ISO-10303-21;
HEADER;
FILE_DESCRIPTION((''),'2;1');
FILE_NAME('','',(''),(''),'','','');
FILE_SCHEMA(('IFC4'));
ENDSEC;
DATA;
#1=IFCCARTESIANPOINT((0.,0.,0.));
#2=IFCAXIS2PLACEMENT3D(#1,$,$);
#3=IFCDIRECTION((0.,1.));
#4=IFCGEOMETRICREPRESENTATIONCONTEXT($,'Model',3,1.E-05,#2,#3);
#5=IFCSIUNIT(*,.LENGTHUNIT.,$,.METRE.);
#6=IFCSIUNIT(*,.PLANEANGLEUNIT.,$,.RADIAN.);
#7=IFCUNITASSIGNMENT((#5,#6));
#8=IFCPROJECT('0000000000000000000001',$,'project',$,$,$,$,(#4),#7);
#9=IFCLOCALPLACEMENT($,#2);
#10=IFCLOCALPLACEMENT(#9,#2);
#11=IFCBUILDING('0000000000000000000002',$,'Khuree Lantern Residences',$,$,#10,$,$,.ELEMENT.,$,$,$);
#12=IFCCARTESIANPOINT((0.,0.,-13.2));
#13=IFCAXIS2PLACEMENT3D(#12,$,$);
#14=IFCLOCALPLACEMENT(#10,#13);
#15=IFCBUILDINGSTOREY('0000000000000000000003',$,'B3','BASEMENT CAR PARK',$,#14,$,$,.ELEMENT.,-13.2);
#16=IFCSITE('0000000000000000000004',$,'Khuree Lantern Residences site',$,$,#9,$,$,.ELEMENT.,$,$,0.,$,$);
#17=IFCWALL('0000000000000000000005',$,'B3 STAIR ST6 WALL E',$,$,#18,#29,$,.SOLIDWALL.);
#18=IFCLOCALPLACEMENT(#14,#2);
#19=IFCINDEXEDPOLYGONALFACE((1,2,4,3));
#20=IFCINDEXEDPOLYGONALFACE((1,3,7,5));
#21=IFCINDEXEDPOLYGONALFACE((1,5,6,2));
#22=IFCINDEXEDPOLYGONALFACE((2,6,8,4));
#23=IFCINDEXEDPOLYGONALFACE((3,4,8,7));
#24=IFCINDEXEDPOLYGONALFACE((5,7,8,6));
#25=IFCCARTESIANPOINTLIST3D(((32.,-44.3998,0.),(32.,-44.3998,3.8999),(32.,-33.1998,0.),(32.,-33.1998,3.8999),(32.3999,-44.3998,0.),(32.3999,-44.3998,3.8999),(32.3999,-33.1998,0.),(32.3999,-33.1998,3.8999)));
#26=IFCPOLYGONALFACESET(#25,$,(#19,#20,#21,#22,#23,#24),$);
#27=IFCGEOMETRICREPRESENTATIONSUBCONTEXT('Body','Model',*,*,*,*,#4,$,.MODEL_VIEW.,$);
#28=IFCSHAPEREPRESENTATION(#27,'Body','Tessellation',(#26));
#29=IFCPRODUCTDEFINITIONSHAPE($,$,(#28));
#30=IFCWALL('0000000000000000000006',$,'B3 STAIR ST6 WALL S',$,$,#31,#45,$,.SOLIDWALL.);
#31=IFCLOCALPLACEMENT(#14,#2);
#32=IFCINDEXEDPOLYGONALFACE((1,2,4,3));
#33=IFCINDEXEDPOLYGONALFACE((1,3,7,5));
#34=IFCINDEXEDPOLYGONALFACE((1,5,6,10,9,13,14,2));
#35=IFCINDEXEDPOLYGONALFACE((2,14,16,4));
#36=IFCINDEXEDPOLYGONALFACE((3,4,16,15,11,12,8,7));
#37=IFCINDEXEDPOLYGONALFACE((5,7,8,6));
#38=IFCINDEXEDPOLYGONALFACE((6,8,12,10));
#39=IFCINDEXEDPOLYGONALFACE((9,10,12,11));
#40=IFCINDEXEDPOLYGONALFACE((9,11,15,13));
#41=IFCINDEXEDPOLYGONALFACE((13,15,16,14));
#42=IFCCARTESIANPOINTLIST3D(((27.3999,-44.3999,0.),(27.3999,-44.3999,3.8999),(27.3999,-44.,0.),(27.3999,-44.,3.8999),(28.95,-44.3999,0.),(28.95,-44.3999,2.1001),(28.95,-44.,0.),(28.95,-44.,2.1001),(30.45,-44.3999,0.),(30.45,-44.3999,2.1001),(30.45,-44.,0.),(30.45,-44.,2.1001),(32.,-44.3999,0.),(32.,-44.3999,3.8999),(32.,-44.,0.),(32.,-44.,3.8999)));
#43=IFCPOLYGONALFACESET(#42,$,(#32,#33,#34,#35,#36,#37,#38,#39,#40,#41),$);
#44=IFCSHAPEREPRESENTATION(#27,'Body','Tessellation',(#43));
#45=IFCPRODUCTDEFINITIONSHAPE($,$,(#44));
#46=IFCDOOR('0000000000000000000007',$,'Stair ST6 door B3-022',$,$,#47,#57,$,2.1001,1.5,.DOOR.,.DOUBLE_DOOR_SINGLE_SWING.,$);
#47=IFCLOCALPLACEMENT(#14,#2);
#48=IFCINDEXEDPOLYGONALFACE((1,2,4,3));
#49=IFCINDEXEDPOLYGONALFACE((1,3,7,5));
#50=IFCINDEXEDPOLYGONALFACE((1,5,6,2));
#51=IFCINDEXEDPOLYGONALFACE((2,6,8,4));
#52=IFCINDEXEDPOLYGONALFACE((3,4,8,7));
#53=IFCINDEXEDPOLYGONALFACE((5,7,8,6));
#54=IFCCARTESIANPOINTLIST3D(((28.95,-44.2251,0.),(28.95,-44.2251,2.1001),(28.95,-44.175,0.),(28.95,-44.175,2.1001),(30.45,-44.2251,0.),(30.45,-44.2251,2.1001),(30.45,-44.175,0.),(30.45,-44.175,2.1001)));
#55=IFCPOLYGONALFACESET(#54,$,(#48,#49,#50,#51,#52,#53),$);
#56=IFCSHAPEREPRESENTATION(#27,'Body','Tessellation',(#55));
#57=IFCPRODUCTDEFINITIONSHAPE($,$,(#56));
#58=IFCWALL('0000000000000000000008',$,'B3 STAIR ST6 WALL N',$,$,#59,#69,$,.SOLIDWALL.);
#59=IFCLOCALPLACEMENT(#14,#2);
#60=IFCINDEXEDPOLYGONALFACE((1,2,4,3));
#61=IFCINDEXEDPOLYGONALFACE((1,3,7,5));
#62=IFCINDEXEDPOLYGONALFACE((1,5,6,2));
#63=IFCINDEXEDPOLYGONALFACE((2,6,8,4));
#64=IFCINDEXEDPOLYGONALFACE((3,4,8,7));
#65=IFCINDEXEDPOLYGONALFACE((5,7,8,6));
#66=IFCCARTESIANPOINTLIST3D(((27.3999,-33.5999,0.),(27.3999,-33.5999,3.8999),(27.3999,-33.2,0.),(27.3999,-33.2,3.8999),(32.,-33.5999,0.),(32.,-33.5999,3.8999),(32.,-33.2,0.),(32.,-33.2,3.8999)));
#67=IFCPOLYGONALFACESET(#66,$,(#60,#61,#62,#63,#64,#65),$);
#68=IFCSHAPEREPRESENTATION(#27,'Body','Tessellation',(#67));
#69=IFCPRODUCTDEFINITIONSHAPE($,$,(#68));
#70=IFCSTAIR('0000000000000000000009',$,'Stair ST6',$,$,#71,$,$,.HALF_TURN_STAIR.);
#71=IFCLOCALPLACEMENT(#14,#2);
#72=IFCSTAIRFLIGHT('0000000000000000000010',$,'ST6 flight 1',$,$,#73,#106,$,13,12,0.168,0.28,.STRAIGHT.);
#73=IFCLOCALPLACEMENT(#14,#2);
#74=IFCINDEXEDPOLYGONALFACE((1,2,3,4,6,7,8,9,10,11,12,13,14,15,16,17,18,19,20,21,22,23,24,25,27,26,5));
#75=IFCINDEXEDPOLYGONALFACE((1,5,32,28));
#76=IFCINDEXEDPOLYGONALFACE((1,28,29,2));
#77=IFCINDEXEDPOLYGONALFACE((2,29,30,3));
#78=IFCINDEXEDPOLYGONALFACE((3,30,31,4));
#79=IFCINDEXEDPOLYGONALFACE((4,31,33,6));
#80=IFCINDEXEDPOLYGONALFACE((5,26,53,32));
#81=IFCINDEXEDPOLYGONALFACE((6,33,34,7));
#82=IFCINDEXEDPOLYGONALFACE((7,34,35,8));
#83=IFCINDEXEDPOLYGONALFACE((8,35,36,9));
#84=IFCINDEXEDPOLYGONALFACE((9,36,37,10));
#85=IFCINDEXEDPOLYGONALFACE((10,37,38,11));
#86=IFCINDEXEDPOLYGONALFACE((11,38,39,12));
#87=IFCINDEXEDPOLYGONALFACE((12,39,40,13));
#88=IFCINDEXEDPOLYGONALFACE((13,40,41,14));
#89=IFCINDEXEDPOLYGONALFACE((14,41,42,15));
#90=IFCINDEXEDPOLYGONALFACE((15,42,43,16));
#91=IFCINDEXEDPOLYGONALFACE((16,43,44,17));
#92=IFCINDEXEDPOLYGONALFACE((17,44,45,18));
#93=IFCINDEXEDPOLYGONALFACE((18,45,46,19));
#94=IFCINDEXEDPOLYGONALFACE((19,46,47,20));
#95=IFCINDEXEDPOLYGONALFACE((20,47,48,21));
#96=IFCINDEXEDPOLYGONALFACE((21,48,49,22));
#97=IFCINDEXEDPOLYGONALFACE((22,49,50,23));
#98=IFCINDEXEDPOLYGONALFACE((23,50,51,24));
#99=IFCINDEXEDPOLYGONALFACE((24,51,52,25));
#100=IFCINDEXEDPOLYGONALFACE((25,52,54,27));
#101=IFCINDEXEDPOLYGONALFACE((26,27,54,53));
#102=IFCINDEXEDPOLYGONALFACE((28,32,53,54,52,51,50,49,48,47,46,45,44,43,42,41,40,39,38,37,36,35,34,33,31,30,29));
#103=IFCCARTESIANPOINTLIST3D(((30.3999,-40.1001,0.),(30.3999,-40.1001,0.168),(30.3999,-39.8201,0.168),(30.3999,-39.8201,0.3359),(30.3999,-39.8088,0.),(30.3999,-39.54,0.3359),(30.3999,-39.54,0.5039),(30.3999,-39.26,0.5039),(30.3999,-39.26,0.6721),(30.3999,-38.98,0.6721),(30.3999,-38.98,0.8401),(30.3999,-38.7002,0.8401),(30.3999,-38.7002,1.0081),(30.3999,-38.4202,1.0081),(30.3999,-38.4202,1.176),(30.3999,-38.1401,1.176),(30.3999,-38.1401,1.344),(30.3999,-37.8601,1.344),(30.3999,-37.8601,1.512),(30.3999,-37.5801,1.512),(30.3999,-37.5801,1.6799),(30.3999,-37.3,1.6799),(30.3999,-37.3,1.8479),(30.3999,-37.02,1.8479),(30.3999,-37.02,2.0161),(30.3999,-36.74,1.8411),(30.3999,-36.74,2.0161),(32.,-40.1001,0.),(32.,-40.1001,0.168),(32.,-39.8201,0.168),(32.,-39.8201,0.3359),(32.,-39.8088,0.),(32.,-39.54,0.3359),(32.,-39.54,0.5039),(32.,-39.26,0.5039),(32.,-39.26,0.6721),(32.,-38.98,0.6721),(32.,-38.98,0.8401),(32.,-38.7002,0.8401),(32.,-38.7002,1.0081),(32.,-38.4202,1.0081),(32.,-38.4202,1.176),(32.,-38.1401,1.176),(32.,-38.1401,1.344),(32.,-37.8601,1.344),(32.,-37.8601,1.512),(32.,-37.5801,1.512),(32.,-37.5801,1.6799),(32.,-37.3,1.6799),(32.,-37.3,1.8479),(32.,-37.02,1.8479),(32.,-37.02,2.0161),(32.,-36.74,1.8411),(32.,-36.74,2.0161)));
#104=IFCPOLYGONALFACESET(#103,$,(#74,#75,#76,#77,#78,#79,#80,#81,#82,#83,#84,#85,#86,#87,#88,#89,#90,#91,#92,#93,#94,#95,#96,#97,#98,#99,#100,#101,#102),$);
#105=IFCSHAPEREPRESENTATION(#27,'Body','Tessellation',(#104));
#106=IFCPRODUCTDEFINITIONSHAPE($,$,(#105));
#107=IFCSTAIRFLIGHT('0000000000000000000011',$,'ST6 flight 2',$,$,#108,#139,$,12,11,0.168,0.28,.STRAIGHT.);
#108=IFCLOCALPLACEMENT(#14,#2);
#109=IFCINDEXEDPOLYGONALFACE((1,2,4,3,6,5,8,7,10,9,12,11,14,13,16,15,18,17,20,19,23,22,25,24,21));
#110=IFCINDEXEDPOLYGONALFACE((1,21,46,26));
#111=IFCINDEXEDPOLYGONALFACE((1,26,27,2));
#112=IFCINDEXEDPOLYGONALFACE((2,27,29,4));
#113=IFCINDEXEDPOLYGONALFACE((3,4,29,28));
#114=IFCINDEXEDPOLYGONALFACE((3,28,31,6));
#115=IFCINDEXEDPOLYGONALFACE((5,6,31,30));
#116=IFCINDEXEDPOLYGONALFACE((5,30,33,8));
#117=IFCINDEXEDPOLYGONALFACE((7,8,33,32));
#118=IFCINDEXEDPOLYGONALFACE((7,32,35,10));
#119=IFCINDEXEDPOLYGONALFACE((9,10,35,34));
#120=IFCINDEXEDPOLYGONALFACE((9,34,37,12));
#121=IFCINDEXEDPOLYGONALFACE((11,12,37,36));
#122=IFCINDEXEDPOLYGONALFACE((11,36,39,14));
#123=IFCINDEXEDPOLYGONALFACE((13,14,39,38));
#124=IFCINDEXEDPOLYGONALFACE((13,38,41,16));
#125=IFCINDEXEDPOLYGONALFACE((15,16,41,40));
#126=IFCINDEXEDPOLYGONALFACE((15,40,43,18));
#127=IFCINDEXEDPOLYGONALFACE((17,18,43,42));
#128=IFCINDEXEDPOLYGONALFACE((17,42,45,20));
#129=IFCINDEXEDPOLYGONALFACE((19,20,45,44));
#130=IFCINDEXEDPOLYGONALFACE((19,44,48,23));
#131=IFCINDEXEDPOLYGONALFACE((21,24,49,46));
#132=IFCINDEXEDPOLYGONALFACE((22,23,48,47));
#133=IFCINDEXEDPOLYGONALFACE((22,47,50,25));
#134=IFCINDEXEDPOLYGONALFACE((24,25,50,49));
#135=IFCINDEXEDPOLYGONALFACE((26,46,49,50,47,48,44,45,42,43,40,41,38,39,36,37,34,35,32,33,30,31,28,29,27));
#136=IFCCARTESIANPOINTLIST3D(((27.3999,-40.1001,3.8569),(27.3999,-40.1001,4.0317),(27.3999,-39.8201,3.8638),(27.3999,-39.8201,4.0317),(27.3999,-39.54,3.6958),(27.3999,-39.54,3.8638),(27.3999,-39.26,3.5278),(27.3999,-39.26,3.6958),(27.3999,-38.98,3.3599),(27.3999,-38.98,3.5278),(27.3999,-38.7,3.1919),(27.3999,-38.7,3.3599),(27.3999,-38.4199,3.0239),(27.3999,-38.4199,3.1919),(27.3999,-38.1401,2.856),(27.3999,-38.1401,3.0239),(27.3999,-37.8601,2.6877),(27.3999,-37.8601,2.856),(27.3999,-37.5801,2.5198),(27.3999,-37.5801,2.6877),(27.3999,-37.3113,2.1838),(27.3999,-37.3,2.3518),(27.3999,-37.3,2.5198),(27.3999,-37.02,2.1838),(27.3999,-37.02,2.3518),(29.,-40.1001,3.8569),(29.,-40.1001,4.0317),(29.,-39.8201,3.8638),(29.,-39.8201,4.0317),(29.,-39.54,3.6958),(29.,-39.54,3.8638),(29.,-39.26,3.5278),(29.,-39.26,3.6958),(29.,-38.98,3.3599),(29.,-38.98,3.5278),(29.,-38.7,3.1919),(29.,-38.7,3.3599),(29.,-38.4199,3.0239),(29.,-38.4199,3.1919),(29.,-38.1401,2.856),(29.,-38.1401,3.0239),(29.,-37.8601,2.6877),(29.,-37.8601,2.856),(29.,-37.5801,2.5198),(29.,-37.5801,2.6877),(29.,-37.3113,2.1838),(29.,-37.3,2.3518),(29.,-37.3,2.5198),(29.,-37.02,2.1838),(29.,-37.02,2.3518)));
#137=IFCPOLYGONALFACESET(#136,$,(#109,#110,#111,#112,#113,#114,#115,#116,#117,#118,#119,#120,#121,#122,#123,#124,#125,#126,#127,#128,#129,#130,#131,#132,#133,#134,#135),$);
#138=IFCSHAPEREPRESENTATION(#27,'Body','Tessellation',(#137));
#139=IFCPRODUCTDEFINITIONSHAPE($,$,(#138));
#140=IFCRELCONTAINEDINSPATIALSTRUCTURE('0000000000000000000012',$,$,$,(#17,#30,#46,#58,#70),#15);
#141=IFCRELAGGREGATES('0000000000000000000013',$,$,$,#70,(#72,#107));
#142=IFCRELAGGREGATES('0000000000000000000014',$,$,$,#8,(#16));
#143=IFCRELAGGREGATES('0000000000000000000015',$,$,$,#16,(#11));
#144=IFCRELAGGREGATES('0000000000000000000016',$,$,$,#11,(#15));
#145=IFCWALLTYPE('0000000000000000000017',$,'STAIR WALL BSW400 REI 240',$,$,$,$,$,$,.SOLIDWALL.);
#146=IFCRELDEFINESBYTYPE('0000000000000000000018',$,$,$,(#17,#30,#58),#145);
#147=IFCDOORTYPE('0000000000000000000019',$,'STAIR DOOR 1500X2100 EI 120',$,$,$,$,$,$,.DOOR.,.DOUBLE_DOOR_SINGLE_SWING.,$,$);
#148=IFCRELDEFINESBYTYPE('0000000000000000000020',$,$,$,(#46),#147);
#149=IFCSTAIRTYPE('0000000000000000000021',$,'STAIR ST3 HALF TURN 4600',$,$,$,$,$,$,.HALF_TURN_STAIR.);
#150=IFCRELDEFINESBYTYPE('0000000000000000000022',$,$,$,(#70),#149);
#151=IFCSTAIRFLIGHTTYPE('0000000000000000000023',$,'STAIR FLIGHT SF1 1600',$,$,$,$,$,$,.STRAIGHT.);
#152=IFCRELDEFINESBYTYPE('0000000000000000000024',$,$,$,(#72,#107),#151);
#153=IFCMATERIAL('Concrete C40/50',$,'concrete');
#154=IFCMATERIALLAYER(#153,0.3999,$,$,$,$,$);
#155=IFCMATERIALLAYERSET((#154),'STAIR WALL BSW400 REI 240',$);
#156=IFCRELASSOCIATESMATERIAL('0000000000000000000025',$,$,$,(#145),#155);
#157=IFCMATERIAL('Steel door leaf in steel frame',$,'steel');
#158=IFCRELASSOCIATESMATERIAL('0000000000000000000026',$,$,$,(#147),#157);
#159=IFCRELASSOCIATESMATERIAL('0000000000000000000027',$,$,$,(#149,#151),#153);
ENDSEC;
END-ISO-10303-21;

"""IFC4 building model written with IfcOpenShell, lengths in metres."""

from ifc_helpers import new_model, si_unit, direction, frame, frame_2d, origin, place, context, subcontext, project, spatial, polyline, rectangle, outline, extrude, material, layer, layer_set, type_object, element, fill, aggregate, save


model = new_model("IFC4")

# Units and contexts
model_context = context("Model", 3, precision=1e-05, world=origin(), true_north=direction((0.0, 1.0)))
body_context = subcontext(model_context, "Body", "Model", "MODEL_VIEW")
ifc_project = project(units=[si_unit("LENGTHUNIT", "METRE"), si_unit("PLANEANGLEUNIT", "RADIAN")], contexts=[model_context])

# Site, building, storey
site_placement = place(None, origin())
site = spatial("IfcSite", under=ifc_project, at=site_placement, Name="Khuree Lantern Residences site", CompositionType="ELEMENT", RefElevation=0.0)
building_placement = place(site_placement, origin())
building = spatial("IfcBuilding", under=site, at=building_placement, Name="Khuree Lantern Residences", CompositionType="ELEMENT")
storey_placement = place(building_placement, frame((0.0, 0.0, -13.2)))
storey = spatial("IfcBuildingStorey", under=building, at=storey_placement, Name="B3", Description="BASEMENT CAR PARK", CompositionType="ELEMENT", Elevation=-13.2)

# Shared definitions
ifc_material_1 = material(Name="Concrete C40/50", Category="concrete")

# Wall
ifc_layer_1 = layer(ifc_material_1, 0.3999)
ifc_layer_set_1 = layer_set([ifc_layer_1], Name="STAIR WALL BSW400 REI 240")
wall_type_1 = type_object("IfcWallType", Name="STAIR WALL BSW400 REI 240", PredefinedType="SOLIDWALL", material=ifc_layer_set_1)
for number, where, z_axis, x_axis, name in (
    (1, (32.2, -44.3999, 0.0), (0.0, 0.0, 1.0), (0.0, 1.0, 0.0), "B3 STAIR ST6 WALL E"),
):
    element("IfcWall", number, at=place(storey_placement, frame(where, z_axis=z_axis, x_axis=x_axis)), inside=storey, type_object=wall_type_1, Name=name, PredefinedType="SOLIDWALL", context=body_context, shape_type="SweptSolid", body=[
        extrude(rectangle(XDim=11.2, YDim=0.3999, at=frame_2d((5.6001, 0.0))), origin(), (0.0, 0.0, 1.0), 3.8999),
    ])

# Wall, opening, door
wall_1_placement = place(storey_placement, frame((27.3999, -44.2, 0.0), z_axis=(0.0, 0.0, 1.0), x_axis=(1.0, 0.0, 0.0)))
wall_1 = element("IfcWall", 2, at=wall_1_placement, inside=storey, type_object=wall_type_1, Name="B3 STAIR ST6 WALL S", PredefinedType="SOLIDWALL", context=body_context, shape_type="SweptSolid", body=[
    extrude(rectangle(XDim=4.6001, YDim=0.3999, at=frame_2d((2.3, 0.0))), origin(), (0.0, 0.0, 1.0), 3.8999),
])
opening_placement = place(wall_1_placement, frame((1.55, 0.0, 0.0)))
opening = element("IfcOpeningElement", 3, at=opening_placement, cuts=wall_1, PredefinedType="OPENING", context=body_context, shape_type="SweptSolid", body=[
    extrude(rectangle(XDim=1.5, YDim=2.1001, at=frame_2d((0.75, 1.05))), frame((0.0, 0.21, 0.0), z_axis=(0.0, -1.0, 0.0), x_axis=(1.0, 0.0, 0.0)), (0.0, 0.0, 1.0), 0.4199),
])
ifc_material_2 = material(Name="Steel door leaf in steel frame", Category="steel")
door_type = type_object("IfcDoorType", Name="STAIR DOOR 1500X2100 EI 120", OperationType="DOUBLE_DOOR_SINGLE_SWING", PredefinedType="DOOR", material=ifc_material_2)
door_placement = place(opening_placement, origin())
door = element("IfcDoor", 4, at=door_placement, inside=storey, type_object=door_type, Name="Stair ST6 door B3-022", OperationType="DOUBLE_DOOR_SINGLE_SWING", OverallHeight=2.1001, OverallWidth=1.5, PredefinedType="DOOR", context=body_context, shape_type="SweptSolid", body=[
    extrude(rectangle(XDim=1.5, YDim=2.1001, at=frame_2d((0.75, 1.05))), frame((0.0, 0.0249, 0.0), z_axis=(0.0, -1.0, 0.0), x_axis=(1.0, 0.0, 0.0)), (0.0, 0.0, 1.0), 0.05),
])
fill(opening, door)

# Wall
wall_2_placement = place(storey_placement, frame((27.3999, -33.3999, 0.0), z_axis=(0.0, 0.0, 1.0), x_axis=(1.0, 0.0, 0.0)))
element("IfcWall", 5, at=wall_2_placement, inside=storey, type_object=wall_type_1, Name="B3 STAIR ST6 WALL N", PredefinedType="SOLIDWALL", context=body_context, shape_type="SweptSolid", body=[
    extrude(rectangle(XDim=4.6001, YDim=0.3999, at=frame_2d((2.3, 0.0))), origin(), (0.0, 0.0, 1.0), 3.8999),
])

# Stair, stair flights
stair_type = type_object("IfcStairType", Name="STAIR ST3 HALF TURN 4600", PredefinedType="HALF_TURN_STAIR", material=ifc_material_1)
stair_placement = place(storey_placement, origin())
stair = element("IfcStair", 6, at=stair_placement, inside=storey, type_object=stair_type, Name="Stair ST6", PredefinedType="HALF_TURN_STAIR")
stair_flight_type = type_object("IfcStairFlightType", Name="STAIR FLIGHT SF1 1600", PredefinedType="STRAIGHT", material=ifc_material_1)
stair_flight_1_placement = place(storey_placement, frame((31.2, -40.1001, 0.0), z_axis=(0.0, 0.0, 1.0), x_axis=(0.0, 1.0, 0.0)))
stair_flight_1 = element("IfcStairFlight", 7, at=stair_flight_1_placement, type_object=stair_flight_type, Name="ST6 flight 1", NumberOfRisers=13, NumberOfTreads=12, PredefinedType="STRAIGHT", RiserHeight=0.168, TreadLength=0.28, context=body_context, shape_type="SweptSolid", body=[
    extrude(outline(polyline([(0.0, 0.0), (0.0, 0.168), (0.28, 0.168), (0.28, 0.3359), (0.5601, 0.3359), (0.5601, 0.5039), (0.8401, 0.5039), (0.8401, 0.6721), (1.1201, 0.6721), (1.1201, 0.8401), (1.3999, 0.8401), (1.3999, 1.0081), (1.6799, 1.0081), (1.6799, 1.176), (1.96, 1.176), (1.96, 1.344), (2.24, 1.344), (2.24, 1.512), (2.52, 1.512), (2.52, 1.6799), (2.8, 1.6799), (2.8, 1.8479), (3.0801, 1.8479), (3.0801, 2.0161), (3.3601, 2.0161), (3.3601, 2.1841), (3.3601, 1.8411), (0.2913, 0.0), (0.0, 0.0)])), frame((0.0, 0.8, 0.0), z_axis=(0.0, -1.0, 0.0), x_axis=(1.0, 0.0, 0.0)), (0.0, 0.0, 1.0), 1.6001),
])
stair_flight_2_placement = place(storey_placement, frame((28.2, -37.02, 2.1838), z_axis=(0.0, 0.0, 1.0), x_axis=(0.0, -1.0, 0.0)))
stair_flight_2 = element("IfcStairFlight", 8, at=stair_flight_2_placement, type_object=stair_flight_type, Name="ST6 flight 2", NumberOfRisers=12, NumberOfTreads=11, PredefinedType="STRAIGHT", RiserHeight=0.168, TreadLength=0.28, context=body_context, shape_type="SweptSolid", body=[
    extrude(outline(polyline([(0.0, 0.0), (0.0, 0.168), (0.28, 0.168), (0.28, 0.3359), (0.5601, 0.3359), (0.5601, 0.5039), (0.8401, 0.5039), (0.8401, 0.6721), (1.1201, 0.6721), (1.1201, 0.8401), (1.3999, 0.8401), (1.3999, 1.0081), (1.6799, 1.0081), (1.6799, 1.176), (1.96, 1.176), (1.96, 1.344), (2.24, 1.344), (2.24, 1.512), (2.52, 1.512), (2.52, 1.6799), (2.8, 1.6799), (2.8, 1.8479), (3.0801, 1.8479), (3.0801, 2.0161), (3.0801, 1.6731), (0.2913, 0.0), (0.0, 0.0)])), frame((0.0, 0.8, 0.0), z_axis=(0.0, -1.0, 0.0), x_axis=(1.0, 0.0, 0.0)), (0.0, 0.0, 1.0), 1.6001),
])
aggregate(stair, [stair_flight_1, stair_flight_2])

save(model, "model.ifc")
